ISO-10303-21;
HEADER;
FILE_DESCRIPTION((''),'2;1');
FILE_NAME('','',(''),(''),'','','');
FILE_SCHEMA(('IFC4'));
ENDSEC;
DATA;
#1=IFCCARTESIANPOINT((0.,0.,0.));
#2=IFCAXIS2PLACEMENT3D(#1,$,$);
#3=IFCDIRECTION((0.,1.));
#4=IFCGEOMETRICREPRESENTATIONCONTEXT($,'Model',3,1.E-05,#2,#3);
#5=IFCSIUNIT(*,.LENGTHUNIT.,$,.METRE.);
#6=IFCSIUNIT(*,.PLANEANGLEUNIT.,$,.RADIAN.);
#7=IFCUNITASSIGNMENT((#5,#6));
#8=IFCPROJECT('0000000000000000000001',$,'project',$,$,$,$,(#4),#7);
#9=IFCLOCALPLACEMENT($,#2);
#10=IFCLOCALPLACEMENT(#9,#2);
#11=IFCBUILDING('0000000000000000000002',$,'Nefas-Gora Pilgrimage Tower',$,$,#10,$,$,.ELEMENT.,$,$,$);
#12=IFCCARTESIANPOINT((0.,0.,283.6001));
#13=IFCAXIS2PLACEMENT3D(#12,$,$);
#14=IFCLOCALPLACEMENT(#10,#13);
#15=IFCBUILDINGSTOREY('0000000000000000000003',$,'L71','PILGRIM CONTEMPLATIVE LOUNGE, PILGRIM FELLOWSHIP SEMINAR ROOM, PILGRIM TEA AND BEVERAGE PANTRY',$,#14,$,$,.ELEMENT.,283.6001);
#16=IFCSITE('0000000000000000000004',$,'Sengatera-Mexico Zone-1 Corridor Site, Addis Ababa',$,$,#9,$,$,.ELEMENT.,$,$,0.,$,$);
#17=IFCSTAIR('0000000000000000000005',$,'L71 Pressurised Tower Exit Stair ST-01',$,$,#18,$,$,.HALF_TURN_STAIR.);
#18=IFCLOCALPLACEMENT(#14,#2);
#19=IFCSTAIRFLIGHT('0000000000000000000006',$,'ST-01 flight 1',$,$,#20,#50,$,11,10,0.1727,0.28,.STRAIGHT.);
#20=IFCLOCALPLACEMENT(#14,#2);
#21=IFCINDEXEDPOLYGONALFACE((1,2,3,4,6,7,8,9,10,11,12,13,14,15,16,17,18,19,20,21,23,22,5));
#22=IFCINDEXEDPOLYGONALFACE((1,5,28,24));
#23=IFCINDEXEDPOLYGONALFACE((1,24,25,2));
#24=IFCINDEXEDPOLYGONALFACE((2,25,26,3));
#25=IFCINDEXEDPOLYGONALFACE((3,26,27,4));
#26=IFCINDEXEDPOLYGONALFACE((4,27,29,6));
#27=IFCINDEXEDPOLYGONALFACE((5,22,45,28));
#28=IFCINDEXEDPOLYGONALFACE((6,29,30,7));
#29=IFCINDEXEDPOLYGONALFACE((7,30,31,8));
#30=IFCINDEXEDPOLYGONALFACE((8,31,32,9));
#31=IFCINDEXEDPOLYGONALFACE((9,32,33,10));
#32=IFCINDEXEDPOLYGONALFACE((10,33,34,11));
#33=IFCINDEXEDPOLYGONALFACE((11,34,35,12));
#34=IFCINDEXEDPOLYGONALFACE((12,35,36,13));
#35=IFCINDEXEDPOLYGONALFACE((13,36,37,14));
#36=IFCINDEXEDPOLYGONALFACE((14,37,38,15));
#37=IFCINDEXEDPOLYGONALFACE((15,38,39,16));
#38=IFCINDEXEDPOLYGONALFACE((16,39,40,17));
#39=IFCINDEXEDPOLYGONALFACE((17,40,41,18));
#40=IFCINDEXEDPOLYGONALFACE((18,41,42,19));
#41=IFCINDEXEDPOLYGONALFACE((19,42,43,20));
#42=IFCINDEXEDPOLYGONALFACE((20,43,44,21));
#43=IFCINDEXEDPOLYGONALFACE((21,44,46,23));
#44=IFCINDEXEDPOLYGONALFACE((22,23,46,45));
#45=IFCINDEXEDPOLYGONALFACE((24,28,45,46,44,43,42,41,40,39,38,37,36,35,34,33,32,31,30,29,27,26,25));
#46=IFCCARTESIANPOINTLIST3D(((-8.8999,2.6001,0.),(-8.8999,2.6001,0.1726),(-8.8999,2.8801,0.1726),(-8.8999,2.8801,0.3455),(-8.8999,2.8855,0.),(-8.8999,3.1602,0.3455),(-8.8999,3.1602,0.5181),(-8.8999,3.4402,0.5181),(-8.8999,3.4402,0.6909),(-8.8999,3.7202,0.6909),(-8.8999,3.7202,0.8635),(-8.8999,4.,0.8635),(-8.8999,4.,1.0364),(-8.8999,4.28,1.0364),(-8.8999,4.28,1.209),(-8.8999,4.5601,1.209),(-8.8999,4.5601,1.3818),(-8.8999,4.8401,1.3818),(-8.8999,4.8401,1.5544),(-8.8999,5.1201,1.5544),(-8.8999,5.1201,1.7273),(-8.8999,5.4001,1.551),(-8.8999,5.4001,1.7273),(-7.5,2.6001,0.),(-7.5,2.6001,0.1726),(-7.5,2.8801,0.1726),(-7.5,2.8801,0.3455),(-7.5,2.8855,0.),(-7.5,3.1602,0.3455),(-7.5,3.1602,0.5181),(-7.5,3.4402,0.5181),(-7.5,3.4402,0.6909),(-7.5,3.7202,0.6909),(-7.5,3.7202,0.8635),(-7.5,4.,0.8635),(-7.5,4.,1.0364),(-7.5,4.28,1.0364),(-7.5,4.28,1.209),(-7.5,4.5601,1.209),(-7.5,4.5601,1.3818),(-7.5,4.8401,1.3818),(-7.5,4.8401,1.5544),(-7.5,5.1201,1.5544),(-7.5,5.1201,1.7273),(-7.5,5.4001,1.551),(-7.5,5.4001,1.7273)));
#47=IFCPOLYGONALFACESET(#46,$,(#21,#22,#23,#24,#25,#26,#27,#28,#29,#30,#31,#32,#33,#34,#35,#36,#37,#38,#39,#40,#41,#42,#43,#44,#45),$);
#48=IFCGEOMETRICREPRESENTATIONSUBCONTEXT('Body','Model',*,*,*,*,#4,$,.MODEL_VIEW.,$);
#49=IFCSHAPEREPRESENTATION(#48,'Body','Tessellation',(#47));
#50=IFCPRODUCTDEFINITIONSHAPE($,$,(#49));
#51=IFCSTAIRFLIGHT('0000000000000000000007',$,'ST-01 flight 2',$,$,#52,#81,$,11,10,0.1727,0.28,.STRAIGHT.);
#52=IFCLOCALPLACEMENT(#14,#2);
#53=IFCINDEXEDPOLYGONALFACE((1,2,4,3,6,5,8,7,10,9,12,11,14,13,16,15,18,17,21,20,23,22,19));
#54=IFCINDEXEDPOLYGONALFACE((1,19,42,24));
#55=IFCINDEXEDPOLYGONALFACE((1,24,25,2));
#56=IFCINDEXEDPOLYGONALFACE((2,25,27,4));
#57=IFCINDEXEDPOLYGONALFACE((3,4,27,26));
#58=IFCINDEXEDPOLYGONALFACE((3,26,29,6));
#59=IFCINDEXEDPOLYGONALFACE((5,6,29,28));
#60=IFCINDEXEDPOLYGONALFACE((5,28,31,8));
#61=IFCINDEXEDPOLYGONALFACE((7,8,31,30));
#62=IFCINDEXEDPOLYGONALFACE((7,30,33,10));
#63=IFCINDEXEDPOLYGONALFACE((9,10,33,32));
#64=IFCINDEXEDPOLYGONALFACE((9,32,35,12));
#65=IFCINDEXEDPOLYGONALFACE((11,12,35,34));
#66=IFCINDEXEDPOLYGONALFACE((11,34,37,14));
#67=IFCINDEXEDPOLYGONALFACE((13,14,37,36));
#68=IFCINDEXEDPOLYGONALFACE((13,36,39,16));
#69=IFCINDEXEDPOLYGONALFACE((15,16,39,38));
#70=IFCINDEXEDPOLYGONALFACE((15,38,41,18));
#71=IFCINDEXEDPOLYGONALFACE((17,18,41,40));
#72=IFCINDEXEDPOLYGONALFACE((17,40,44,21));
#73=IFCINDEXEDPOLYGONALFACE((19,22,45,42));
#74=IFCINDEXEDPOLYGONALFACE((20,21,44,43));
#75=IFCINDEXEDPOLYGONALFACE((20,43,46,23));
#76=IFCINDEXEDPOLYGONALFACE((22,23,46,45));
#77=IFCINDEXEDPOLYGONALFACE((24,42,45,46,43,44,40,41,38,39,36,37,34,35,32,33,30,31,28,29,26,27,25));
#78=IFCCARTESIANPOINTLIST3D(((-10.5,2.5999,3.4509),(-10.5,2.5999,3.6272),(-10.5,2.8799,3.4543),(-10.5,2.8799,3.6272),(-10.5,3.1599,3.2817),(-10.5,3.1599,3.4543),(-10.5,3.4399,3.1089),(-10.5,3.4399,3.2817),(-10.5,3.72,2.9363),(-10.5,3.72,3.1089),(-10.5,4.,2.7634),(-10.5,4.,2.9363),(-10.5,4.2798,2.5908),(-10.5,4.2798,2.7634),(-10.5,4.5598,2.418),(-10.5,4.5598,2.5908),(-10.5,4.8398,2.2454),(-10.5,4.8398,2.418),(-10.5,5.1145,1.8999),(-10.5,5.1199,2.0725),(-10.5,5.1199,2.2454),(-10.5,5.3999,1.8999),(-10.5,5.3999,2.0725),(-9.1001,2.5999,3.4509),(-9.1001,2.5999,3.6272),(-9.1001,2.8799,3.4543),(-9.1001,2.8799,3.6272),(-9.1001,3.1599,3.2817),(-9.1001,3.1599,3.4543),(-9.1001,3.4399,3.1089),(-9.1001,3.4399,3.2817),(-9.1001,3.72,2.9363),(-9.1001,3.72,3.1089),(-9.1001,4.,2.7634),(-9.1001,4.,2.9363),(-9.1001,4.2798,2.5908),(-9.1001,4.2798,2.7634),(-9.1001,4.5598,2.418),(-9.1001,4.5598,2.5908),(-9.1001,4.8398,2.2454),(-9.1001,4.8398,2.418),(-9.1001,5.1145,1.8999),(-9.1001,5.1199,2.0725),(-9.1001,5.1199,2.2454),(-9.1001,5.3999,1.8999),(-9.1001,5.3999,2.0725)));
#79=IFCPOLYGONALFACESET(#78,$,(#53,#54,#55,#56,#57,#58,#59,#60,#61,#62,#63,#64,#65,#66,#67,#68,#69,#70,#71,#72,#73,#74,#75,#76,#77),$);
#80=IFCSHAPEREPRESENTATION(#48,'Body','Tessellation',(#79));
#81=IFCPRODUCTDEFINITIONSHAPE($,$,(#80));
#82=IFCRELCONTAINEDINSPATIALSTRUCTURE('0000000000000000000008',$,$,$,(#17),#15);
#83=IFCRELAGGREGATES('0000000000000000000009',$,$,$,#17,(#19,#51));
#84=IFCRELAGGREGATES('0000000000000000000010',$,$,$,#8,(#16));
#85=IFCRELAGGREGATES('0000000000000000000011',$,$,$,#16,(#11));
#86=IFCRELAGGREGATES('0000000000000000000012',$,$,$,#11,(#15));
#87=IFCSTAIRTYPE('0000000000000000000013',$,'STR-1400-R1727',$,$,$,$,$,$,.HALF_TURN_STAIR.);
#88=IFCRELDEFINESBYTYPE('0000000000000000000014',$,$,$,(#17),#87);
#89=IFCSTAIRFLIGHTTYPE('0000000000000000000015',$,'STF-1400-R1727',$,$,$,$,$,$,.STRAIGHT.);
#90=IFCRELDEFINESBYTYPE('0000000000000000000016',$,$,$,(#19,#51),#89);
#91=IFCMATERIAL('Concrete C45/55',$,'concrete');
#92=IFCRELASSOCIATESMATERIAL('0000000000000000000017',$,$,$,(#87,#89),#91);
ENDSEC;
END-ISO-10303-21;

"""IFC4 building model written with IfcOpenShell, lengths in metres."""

from ifc_helpers import new_model, si_unit, direction, frame, origin, place, context, subcontext, project, spatial, polyline, outline, extrude, source, transform, mapped, material, type_object, element, aggregate, save


model = new_model("IFC4")

# Units and contexts
model_context = context("Model", 3, precision=1e-05, world=origin(), true_north=direction((0.0, 1.0)))
body_context = subcontext(model_context, "Body", "Model", "MODEL_VIEW")
ifc_project = project(units=[si_unit("LENGTHUNIT", "METRE"), si_unit("PLANEANGLEUNIT", "RADIAN")], contexts=[model_context])

# Site, building, storey
site_placement = place(None, origin())
site = spatial("IfcSite", under=ifc_project, at=site_placement, Name="Sengatera-Mexico Zone-1 Corridor Site, Addis Ababa", CompositionType="ELEMENT", RefElevation=0.0)
building_placement = place(site_placement, origin())
building = spatial("IfcBuilding", under=site, at=building_placement, Name="Nefas-Gora Pilgrimage Tower", CompositionType="ELEMENT")
storey_placement = place(building_placement, frame((0.0, 0.0, 283.6001)))
storey = spatial("IfcBuildingStorey", under=building, at=storey_placement, Name="L71", Description="PILGRIM CONTEMPLATIVE LOUNGE, PILGRIM FELLOWSHIP SEMINAR ROOM, PILGRIM TEA AND BEVERAGE PANTRY", CompositionType="ELEMENT", Elevation=283.6001)

# Shared definitions
ifc_material_1 = material(Name="Concrete C45/55", Category="concrete")

# Stair, stair flights
stair_type = type_object("IfcStairType", Name="STR-1400-R1727", PredefinedType="HALF_TURN_STAIR", material=ifc_material_1)
stair_placement = place(storey_placement, origin())
stair = element("IfcStair", 1, at=stair_placement, inside=storey, type_object=stair_type, Name="L71 Pressurised Tower Exit Stair ST-01", PredefinedType="HALF_TURN_STAIR")
stair_flight_type = type_object("IfcStairFlightType", Name="STF-1400-R1727", PredefinedType="STRAIGHT", material=ifc_material_1)
shared_shape_1 = source(origin(), body_context, "Body", "SweptSolid", [
    extrude(outline(polyline([(0.0, 0.0), (0.0, 0.1726), (0.28, 0.1726), (0.28, 0.3455), (0.5601, 0.3455), (0.5601, 0.5181), (0.8401, 0.5181), (0.8401, 0.6909), (1.1201, 0.6909), (1.1201, 0.8635), (1.3999, 0.8635), (1.3999, 1.0364), (1.6799, 1.0364), (1.6799, 1.209), (1.96, 1.209), (1.96, 1.3818), (2.24, 1.3818), (2.24, 1.5544), (2.52, 1.5544), (2.52, 1.7273), (2.8, 1.7273), (2.8, 1.8999), (2.8, 1.551), (0.2854, 0.0), (0.0, 0.0)])), frame((0.0, 0.7, 0.0), z_axis=(0.0, -1.0, 0.0), x_axis=(1.0, 0.0, 0.0)), (0.0, 0.0, 1.0), 1.3999),
])
stair_flight_1_placement = place(storey_placement, frame((-8.2, 2.6001, 0.0), z_axis=(0.0, 0.0, 1.0), x_axis=(0.0, 1.0, 0.0)))
stair_flight_1 = element("IfcStairFlight", 2, at=stair_flight_1_placement, type_object=stair_flight_type, Name="ST-01 flight 1", NumberOfRisers=11, NumberOfTreads=10, PredefinedType="STRAIGHT", RiserHeight=0.1727, TreadLength=0.28, context=body_context, shape_type="MappedRepresentation", body=[
    mapped(shared_shape_1, transform((0.0, 0.0, 0.0), x_axis=(1.0, 0.0, 0.0), y_axis=(0.0, 1.0, 0.0), z_axis=(0.0, 0.0, 1.0), scale=1.0)),
])
stair_flight_2_placement = place(storey_placement, frame((-9.8, 5.3999, 1.8999), z_axis=(0.0, 0.0, 1.0), x_axis=(0.0, -1.0, 0.0)))
stair_flight_2 = element("IfcStairFlight", 3, at=stair_flight_2_placement, type_object=stair_flight_type, Name="ST-01 flight 2", NumberOfRisers=11, NumberOfTreads=10, PredefinedType="STRAIGHT", RiserHeight=0.1727, TreadLength=0.28, context=body_context, shape_type="MappedRepresentation", body=[
    mapped(shared_shape_1, transform((0.0, 0.0, 0.0), x_axis=(1.0, 0.0, 0.0), y_axis=(0.0, 1.0, 0.0), z_axis=(0.0, 0.0, 1.0), scale=1.0)),
])
aggregate(stair, [stair_flight_1, stair_flight_2])

save(model, "model.ifc")
